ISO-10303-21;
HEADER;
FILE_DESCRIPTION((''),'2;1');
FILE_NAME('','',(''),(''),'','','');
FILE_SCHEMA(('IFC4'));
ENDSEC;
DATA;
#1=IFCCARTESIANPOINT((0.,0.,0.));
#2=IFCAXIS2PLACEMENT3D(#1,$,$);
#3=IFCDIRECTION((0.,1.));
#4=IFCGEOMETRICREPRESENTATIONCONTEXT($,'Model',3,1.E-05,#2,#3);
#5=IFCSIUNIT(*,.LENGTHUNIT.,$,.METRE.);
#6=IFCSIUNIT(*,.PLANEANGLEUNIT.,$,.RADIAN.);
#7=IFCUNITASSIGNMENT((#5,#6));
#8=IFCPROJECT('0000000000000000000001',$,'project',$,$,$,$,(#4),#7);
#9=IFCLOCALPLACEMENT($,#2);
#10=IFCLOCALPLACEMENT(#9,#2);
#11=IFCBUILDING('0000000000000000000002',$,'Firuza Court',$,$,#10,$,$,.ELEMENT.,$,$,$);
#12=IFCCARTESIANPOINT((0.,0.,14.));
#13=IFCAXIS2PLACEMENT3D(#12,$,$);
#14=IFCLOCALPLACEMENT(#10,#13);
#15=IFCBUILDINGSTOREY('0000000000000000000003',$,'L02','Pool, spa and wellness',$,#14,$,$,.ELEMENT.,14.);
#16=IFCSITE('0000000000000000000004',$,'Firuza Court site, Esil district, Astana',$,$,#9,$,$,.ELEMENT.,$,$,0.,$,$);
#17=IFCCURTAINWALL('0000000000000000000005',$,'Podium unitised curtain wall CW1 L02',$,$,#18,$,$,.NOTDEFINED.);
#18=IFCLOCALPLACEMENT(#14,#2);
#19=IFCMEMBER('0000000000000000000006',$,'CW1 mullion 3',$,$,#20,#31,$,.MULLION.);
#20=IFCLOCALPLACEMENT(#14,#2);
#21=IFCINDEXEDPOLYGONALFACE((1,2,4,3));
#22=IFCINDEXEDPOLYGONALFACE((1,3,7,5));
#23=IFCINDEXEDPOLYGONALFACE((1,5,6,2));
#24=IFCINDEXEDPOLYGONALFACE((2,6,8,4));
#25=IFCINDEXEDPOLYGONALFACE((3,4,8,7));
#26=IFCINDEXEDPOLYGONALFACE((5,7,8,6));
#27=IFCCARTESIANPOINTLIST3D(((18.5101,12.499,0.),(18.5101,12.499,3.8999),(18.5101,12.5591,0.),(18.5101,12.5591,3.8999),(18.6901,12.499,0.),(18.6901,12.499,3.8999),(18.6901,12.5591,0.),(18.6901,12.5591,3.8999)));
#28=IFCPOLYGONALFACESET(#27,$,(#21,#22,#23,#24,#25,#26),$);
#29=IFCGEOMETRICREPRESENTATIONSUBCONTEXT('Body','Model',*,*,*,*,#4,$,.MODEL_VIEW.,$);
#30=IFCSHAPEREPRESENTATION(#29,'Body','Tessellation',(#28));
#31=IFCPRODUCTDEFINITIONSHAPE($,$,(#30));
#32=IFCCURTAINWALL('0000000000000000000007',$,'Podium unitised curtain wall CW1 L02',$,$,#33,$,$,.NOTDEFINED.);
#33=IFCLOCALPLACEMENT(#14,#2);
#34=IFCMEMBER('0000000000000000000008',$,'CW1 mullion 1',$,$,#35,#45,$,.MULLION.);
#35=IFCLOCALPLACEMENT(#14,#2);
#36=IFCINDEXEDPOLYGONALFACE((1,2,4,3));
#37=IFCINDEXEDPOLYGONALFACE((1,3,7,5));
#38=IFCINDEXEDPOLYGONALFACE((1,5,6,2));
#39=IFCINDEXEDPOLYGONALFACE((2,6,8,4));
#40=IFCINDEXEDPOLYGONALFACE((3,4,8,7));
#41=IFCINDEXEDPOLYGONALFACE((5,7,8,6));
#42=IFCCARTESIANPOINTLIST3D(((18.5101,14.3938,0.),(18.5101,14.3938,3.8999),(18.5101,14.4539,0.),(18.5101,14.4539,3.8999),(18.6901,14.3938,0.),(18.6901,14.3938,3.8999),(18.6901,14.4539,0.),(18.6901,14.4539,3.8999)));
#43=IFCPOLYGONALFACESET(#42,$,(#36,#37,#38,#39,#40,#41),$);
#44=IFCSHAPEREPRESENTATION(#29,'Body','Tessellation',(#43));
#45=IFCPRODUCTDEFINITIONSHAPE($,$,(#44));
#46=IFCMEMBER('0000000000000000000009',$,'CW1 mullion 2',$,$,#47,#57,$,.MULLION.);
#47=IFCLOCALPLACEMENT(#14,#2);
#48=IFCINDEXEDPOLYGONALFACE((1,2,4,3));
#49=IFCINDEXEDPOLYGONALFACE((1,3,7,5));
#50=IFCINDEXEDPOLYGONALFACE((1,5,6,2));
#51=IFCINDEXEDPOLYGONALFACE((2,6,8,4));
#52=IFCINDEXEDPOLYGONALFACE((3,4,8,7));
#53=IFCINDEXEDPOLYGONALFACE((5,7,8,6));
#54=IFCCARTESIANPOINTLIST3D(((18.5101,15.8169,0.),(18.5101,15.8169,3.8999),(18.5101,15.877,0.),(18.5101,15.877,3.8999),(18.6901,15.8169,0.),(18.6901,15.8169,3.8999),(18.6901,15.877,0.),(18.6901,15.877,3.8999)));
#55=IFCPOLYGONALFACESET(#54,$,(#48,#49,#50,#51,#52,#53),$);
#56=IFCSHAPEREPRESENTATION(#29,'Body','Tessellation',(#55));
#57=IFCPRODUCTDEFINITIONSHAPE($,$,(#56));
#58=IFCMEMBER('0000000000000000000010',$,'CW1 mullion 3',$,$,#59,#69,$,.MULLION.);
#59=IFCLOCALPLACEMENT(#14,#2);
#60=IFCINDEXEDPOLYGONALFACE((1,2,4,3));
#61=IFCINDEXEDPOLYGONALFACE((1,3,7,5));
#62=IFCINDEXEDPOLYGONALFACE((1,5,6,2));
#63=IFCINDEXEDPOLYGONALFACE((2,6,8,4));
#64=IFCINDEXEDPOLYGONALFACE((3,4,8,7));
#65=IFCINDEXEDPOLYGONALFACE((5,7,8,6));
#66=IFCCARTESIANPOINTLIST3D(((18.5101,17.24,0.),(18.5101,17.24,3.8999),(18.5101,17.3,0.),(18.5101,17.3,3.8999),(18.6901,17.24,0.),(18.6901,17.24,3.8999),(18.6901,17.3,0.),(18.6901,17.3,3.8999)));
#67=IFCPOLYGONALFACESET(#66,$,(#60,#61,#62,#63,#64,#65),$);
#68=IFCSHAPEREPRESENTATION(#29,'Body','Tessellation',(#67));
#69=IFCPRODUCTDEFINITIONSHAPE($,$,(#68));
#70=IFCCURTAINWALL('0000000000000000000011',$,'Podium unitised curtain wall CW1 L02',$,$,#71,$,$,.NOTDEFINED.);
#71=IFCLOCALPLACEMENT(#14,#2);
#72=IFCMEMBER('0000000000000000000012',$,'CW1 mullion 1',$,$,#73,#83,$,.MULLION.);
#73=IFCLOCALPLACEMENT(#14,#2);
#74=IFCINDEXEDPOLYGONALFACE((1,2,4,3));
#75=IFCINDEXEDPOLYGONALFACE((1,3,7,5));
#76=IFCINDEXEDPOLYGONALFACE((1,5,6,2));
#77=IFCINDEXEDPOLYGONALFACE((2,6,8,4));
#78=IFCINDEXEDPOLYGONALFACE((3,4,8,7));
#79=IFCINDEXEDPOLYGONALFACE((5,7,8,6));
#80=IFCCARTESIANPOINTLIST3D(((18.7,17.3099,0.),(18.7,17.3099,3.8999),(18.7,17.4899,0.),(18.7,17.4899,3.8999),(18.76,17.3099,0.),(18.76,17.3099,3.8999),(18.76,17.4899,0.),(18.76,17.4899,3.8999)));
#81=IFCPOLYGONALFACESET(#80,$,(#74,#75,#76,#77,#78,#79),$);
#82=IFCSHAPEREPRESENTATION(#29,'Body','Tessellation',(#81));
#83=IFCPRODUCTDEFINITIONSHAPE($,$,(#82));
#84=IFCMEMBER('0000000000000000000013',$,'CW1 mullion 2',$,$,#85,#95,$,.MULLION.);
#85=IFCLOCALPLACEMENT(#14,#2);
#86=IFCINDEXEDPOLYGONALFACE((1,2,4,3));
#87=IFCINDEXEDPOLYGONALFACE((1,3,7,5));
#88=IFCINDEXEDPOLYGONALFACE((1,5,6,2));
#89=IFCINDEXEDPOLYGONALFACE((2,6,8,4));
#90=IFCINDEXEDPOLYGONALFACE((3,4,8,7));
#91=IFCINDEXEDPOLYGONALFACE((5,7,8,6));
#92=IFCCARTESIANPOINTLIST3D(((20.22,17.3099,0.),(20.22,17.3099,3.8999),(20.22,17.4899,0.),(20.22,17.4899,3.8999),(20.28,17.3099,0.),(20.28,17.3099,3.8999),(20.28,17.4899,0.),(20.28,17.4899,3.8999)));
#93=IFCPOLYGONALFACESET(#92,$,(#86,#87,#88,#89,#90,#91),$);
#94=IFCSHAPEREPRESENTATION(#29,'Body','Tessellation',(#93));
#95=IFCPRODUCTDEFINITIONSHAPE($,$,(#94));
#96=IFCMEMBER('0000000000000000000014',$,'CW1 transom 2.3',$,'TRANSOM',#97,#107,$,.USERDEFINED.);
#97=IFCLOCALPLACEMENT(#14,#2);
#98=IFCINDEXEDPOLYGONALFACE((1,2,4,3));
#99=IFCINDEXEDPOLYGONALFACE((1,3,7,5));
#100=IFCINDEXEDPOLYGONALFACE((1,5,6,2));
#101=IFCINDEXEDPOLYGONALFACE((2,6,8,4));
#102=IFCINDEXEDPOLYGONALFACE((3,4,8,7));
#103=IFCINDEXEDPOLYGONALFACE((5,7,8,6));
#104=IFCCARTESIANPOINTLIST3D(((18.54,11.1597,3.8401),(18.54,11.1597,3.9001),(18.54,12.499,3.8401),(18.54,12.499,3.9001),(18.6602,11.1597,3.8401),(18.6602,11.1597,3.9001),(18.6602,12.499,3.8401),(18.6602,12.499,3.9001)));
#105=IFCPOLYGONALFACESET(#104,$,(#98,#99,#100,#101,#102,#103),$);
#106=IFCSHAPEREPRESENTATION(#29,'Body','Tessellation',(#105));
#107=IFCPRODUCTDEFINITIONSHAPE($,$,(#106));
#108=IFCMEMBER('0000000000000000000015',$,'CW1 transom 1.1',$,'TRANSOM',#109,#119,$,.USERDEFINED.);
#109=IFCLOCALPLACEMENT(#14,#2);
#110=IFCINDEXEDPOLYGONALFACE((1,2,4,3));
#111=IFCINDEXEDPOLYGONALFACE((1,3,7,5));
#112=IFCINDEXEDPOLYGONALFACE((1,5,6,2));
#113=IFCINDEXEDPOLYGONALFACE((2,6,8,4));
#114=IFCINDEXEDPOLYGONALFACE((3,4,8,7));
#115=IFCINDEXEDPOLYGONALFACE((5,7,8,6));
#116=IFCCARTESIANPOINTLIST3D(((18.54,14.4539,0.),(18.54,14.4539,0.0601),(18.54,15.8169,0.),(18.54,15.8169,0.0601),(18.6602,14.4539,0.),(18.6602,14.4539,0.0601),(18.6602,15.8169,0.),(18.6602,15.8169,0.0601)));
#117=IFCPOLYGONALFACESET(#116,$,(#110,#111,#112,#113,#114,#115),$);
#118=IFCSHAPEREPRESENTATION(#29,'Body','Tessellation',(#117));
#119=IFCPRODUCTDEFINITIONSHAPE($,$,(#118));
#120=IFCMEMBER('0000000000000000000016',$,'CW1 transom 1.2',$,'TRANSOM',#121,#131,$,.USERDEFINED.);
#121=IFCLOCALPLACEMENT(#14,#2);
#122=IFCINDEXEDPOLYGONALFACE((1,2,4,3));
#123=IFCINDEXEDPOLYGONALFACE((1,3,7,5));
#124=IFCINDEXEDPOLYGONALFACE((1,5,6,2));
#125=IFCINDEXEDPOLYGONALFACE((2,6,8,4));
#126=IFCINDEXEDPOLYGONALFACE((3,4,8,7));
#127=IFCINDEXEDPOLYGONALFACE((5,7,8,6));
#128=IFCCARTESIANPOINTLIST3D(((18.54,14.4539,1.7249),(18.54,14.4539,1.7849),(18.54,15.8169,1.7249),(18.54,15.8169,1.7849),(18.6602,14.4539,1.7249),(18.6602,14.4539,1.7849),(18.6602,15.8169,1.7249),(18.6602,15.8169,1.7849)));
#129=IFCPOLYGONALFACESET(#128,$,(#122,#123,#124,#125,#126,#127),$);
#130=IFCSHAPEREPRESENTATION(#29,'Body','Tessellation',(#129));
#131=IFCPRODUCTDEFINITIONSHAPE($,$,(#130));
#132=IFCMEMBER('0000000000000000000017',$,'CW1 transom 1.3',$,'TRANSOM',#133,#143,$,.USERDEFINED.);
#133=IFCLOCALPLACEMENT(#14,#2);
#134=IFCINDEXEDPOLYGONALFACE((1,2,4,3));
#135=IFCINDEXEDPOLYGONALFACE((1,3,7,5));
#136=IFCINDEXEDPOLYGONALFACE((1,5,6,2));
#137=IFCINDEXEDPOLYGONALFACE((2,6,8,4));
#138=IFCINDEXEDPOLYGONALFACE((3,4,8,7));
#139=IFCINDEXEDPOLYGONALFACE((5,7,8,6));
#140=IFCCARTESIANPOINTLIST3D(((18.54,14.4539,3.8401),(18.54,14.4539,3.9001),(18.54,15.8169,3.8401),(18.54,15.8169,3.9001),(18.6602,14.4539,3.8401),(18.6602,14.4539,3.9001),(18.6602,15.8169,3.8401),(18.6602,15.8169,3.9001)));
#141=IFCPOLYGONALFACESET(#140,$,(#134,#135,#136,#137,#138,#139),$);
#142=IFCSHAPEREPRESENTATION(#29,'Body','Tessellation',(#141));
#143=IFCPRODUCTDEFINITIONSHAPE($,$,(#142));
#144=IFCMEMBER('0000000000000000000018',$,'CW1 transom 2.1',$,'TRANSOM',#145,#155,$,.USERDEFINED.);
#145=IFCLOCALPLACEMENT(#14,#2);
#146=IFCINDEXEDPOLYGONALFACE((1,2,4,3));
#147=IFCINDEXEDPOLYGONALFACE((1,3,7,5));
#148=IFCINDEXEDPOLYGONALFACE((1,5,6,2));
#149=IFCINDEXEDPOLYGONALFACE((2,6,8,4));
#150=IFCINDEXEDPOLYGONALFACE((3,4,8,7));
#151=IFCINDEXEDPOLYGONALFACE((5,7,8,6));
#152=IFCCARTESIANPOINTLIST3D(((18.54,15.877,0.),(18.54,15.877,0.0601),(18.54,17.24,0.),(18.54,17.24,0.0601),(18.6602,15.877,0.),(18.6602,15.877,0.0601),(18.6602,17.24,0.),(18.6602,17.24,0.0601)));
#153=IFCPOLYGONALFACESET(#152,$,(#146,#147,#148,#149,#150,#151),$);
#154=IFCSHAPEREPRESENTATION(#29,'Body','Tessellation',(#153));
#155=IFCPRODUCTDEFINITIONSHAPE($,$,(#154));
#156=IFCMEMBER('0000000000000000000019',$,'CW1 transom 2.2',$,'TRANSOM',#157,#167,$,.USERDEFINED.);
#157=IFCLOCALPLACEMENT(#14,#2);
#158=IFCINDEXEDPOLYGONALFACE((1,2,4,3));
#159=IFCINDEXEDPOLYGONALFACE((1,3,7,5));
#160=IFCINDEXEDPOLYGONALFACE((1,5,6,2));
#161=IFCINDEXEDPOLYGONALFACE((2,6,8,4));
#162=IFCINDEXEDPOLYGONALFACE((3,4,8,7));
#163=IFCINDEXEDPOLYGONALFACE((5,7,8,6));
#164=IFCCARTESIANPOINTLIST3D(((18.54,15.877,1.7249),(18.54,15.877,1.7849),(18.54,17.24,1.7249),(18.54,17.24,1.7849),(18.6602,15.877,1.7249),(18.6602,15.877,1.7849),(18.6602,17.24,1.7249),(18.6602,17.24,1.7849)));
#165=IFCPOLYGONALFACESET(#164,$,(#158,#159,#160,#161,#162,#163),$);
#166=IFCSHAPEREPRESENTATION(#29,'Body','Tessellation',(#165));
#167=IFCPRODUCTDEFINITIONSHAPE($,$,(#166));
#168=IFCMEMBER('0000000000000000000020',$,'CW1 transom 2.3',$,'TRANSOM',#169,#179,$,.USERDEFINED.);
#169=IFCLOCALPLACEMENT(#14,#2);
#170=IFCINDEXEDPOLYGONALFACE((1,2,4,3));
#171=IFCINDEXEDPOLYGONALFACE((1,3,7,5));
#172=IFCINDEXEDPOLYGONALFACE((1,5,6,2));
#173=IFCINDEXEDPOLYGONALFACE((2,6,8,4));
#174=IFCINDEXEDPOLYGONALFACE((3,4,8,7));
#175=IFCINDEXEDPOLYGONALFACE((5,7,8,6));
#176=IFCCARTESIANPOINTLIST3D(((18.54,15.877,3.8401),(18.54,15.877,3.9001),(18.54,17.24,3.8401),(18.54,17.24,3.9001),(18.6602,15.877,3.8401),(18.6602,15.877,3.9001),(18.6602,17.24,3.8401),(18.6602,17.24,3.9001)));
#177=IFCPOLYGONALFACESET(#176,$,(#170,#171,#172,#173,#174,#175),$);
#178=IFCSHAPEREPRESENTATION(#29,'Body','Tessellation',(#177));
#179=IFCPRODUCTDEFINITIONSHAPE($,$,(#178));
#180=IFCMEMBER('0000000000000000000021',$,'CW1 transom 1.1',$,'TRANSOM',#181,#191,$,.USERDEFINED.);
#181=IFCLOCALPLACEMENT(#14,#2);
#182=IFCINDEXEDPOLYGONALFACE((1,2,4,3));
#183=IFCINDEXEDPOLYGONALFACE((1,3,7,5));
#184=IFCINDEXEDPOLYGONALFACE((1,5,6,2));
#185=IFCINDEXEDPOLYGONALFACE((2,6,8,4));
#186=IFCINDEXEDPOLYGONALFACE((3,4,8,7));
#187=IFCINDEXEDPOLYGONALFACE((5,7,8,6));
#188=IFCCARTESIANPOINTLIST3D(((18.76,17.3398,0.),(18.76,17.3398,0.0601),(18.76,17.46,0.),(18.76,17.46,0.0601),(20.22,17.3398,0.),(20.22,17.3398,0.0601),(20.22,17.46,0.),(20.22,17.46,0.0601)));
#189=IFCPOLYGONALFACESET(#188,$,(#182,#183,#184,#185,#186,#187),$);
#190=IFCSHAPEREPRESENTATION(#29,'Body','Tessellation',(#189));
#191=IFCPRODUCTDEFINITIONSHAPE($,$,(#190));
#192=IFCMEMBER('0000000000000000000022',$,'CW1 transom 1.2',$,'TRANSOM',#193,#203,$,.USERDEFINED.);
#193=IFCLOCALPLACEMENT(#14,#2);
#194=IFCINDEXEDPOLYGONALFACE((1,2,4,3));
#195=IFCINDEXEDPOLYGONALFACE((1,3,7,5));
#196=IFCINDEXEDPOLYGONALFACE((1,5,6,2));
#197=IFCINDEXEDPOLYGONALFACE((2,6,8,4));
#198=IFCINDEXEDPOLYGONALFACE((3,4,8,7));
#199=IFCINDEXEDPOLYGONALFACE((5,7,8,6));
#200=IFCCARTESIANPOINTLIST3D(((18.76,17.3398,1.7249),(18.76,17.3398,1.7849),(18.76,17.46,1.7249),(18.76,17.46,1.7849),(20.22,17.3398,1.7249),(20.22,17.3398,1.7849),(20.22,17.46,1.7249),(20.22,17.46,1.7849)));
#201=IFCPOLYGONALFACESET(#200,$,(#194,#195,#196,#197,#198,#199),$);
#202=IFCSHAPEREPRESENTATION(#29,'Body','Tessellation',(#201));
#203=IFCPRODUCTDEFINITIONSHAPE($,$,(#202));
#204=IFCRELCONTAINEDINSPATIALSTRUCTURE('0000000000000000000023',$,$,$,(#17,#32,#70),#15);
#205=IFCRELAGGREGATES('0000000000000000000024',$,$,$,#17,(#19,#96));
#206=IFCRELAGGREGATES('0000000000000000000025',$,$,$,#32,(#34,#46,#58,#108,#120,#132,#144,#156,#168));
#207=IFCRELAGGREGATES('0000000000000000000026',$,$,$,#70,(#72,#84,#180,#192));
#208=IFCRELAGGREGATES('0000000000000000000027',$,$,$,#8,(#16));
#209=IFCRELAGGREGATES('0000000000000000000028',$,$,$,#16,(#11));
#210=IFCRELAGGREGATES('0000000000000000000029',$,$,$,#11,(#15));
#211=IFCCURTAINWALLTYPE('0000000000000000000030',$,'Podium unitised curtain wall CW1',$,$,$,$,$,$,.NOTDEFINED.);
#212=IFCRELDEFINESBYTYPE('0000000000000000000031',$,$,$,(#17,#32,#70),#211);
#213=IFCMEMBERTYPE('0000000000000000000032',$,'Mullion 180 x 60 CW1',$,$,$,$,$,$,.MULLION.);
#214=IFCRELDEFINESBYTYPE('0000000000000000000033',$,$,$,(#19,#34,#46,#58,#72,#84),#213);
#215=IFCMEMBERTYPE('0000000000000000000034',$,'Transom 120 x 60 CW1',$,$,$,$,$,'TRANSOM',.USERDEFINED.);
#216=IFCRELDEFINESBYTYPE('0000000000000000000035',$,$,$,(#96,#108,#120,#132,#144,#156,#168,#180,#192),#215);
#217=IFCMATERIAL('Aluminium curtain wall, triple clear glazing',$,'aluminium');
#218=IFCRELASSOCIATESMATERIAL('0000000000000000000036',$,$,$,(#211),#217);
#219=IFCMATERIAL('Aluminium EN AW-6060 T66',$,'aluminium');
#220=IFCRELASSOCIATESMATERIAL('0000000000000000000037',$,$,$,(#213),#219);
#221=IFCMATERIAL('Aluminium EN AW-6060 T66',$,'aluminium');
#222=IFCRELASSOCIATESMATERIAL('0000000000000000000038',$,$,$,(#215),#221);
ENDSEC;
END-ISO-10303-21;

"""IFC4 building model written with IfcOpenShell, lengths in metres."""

from ifc_helpers import new_model, si_unit, direction, frame, origin, origin_2d, place, context, subcontext, project, spatial, rectangle, extrude, material, material_profile, profile_set, type_object, element, aggregate, save


model = new_model("IFC4")

# Units and contexts
model_context = context("Model", 3, precision=1e-05, world=origin(), true_north=direction((0.0, 1.0)))
body_context = subcontext(model_context, "Body", "Model", "MODEL_VIEW")
ifc_project = project(units=[si_unit("LENGTHUNIT", "METRE"), si_unit("PLANEANGLEUNIT", "RADIAN")], contexts=[model_context])

# Site, building, storey
site_placement = place(None, origin())
site = spatial("IfcSite", under=ifc_project, at=site_placement, Name="Firuza Court site, Esil district, Astana", CompositionType="ELEMENT", RefElevation=0.0)
building_placement = place(site_placement, origin())
building = spatial("IfcBuilding", under=site, at=building_placement, Name="Firuza Court", CompositionType="ELEMENT")
storey_placement = place(building_placement, frame((0.0, 0.0, 14.0)))
storey = spatial("IfcBuildingStorey", under=building, at=storey_placement, Name="L02", Description="Pool, spa and wellness", CompositionType="ELEMENT", Elevation=14.0)

# Curtain wall, member
ifc_material_1 = material(Name="Aluminium curtain wall, triple clear glazing", Category="aluminium")
curtain_wall_type = type_object("IfcCurtainWallType", Name="Podium unitised curtain wall CW1", PredefinedType="NOTDEFINED", material=ifc_material_1)
curtain_wall_1_placement = place(storey_placement, origin())
curtain_wall_1 = element("IfcCurtainWall", 1, at=curtain_wall_1_placement, inside=storey, type_object=curtain_wall_type, Name="Podium unitised curtain wall CW1 L02", PredefinedType="NOTDEFINED")
ifc_material_2 = material(Name="Aluminium EN AW-6060 T66", Category="aluminium")
ifc_material_profile_1 = material_profile(ifc_material_2, rectangle(XDim=0.1799, YDim=0.0601, at=origin_2d()), Name="Mullion 180 x 60 CW1")
ifc_profile_set_1 = profile_set([ifc_material_profile_1], Name="Aluminium EN AW-6060 T66")
member_type_1 = type_object("IfcMemberType", Name="Mullion 180 x 60 CW1", PredefinedType="MULLION", material=ifc_profile_set_1)
member_1_placement = place(storey_placement, frame((18.6001, 12.5291, 0.0), z_axis=(0.0, 0.0, 1.0), x_axis=(-1.0, 0.0, 0.0)))
member_1 = element("IfcMember", 2, at=member_1_placement, type_object=member_type_1, Name="CW1 mullion 3", PredefinedType="MULLION", context=body_context, shape_type="SweptSolid", body=[
    extrude(rectangle(XDim=0.1799, YDim=0.0601, at=origin_2d()), origin(), (0.0, 0.0, 1.0), 3.8999),
])

# Curtain walls, members
curtain_wall_2_placement = place(storey_placement, origin())
curtain_wall_2 = element("IfcCurtainWall", 3, at=curtain_wall_2_placement, inside=storey, type_object=curtain_wall_type, Name="Podium unitised curtain wall CW1 L02", PredefinedType="NOTDEFINED")
member_2_placement = place(storey_placement, frame((18.6001, 14.4238, 0.0), z_axis=(0.0, 0.0, 1.0), x_axis=(-1.0, 0.0, 0.0)))
member_2 = element("IfcMember", 4, at=member_2_placement, type_object=member_type_1, Name="CW1 mullion 1", PredefinedType="MULLION", context=body_context, shape_type="SweptSolid", body=[
    extrude(rectangle(XDim=0.1799, YDim=0.0601, at=origin_2d()), origin(), (0.0, 0.0, 1.0), 3.8999),
])
member_3_placement = place(storey_placement, frame((18.6001, 15.8469, 0.0), z_axis=(0.0, 0.0, 1.0), x_axis=(-1.0, 0.0, 0.0)))
member_3 = element("IfcMember", 5, at=member_3_placement, type_object=member_type_1, Name="CW1 mullion 2", PredefinedType="MULLION", context=body_context, shape_type="SweptSolid", body=[
    extrude(rectangle(XDim=0.1799, YDim=0.0601, at=origin_2d()), origin(), (0.0, 0.0, 1.0), 3.8999),
])
member_4_placement = place(storey_placement, frame((18.6001, 17.27, 0.0), z_axis=(0.0, 0.0, 1.0), x_axis=(-1.0, 0.0, 0.0)))
member_4 = element("IfcMember", 6, at=member_4_placement, type_object=member_type_1, Name="CW1 mullion 3", PredefinedType="MULLION", context=body_context, shape_type="SweptSolid", body=[
    extrude(rectangle(XDim=0.1799, YDim=0.0601, at=origin_2d()), origin(), (0.0, 0.0, 1.0), 3.8999),
])
curtain_wall_3_placement = place(storey_placement, origin())
curtain_wall_3 = element("IfcCurtainWall", 7, at=curtain_wall_3_placement, inside=storey, type_object=curtain_wall_type, Name="Podium unitised curtain wall CW1 L02", PredefinedType="NOTDEFINED")
member_5_placement = place(storey_placement, frame((18.73, 17.3999, 0.0), z_axis=(0.0, 0.0, 1.0), x_axis=(0.0, 1.0, 0.0)))
member_5 = element("IfcMember", 8, at=member_5_placement, type_object=member_type_1, Name="CW1 mullion 1", PredefinedType="MULLION", context=body_context, shape_type="SweptSolid", body=[
    extrude(rectangle(XDim=0.1799, YDim=0.0601, at=origin_2d()), origin(), (0.0, 0.0, 1.0), 3.8999),
])
member_6_placement = place(storey_placement, frame((20.25, 17.3999, 0.0), z_axis=(0.0, 0.0, 1.0), x_axis=(0.0, 1.0, 0.0)))
member_6 = element("IfcMember", 9, at=member_6_placement, type_object=member_type_1, Name="CW1 mullion 2", PredefinedType="MULLION", context=body_context, shape_type="SweptSolid", body=[
    extrude(rectangle(XDim=0.1799, YDim=0.0601, at=origin_2d()), origin(), (0.0, 0.0, 1.0), 3.8999),
])

# Members
ifc_material_3 = material(Name="Aluminium EN AW-6060 T66", Category="aluminium")
ifc_material_profile_2 = material_profile(ifc_material_3, rectangle(XDim=0.1201, YDim=0.0601, at=origin_2d()), Name="Transom 120 x 60 CW1")
ifc_profile_set_2 = profile_set([ifc_material_profile_2], Name="Aluminium EN AW-6060 T66")
member_type_2 = type_object("IfcMemberType", Name="Transom 120 x 60 CW1", ElementType="TRANSOM", PredefinedType="USERDEFINED", material=ifc_profile_set_2)
member_7_placement = place(storey_placement, frame((18.6001, 11.1597, 3.8701), z_axis=(0.0, 1.0, 0.0), x_axis=(-1.0, 0.0, 0.0)))
member_7 = element("IfcMember", 10, at=member_7_placement, type_object=member_type_2, Name="CW1 transom 2.3", ObjectType="TRANSOM", PredefinedType="USERDEFINED", context=body_context, shape_type="SweptSolid", body=[
    extrude(rectangle(XDim=0.1201, YDim=0.0601, at=origin_2d()), origin(), (0.0, 0.0, 1.0), 1.3394),
])
member_8_placement = place(storey_placement, frame((18.6001, 14.4539, 0.03), z_axis=(0.0, 1.0, 0.0), x_axis=(-1.0, 0.0, 0.0)))
member_8 = element("IfcMember", 11, at=member_8_placement, type_object=member_type_2, Name="CW1 transom 1.1", ObjectType="TRANSOM", PredefinedType="USERDEFINED", context=body_context, shape_type="SweptSolid", body=[
    extrude(rectangle(XDim=0.1201, YDim=0.0601, at=origin_2d()), origin(), (0.0, 0.0, 1.0), 1.363),
])
member_9_placement = place(storey_placement, frame((18.6001, 14.4539, 1.7549), z_axis=(0.0, 1.0, 0.0), x_axis=(-1.0, 0.0, 0.0)))
member_9 = element("IfcMember", 12, at=member_9_placement, type_object=member_type_2, Name="CW1 transom 1.2", ObjectType="TRANSOM", PredefinedType="USERDEFINED", context=body_context, shape_type="SweptSolid", body=[
    extrude(rectangle(XDim=0.1201, YDim=0.0601, at=origin_2d()), origin(), (0.0, 0.0, 1.0), 1.363),
])
member_10_placement = place(storey_placement, frame((18.6001, 14.4539, 3.8701), z_axis=(0.0, 1.0, 0.0), x_axis=(-1.0, 0.0, 0.0)))
member_10 = element("IfcMember", 13, at=member_10_placement, type_object=member_type_2, Name="CW1 transom 1.3", ObjectType="TRANSOM", PredefinedType="USERDEFINED", context=body_context, shape_type="SweptSolid", body=[
    extrude(rectangle(XDim=0.1201, YDim=0.0601, at=origin_2d()), origin(), (0.0, 0.0, 1.0), 1.363),
])
member_11_placement = place(storey_placement, frame((18.6001, 15.877, 0.03), z_axis=(0.0, 1.0, 0.0), x_axis=(-1.0, 0.0, 0.0)))
member_11 = element("IfcMember", 14, at=member_11_placement, type_object=member_type_2, Name="CW1 transom 2.1", ObjectType="TRANSOM", PredefinedType="USERDEFINED", context=body_context, shape_type="SweptSolid", body=[
    extrude(rectangle(XDim=0.1201, YDim=0.0601, at=origin_2d()), origin(), (0.0, 0.0, 1.0), 1.363),
])
member_12_placement = place(storey_placement, frame((18.6001, 15.877, 1.7549), z_axis=(0.0, 1.0, 0.0), x_axis=(-1.0, 0.0, 0.0)))
member_12 = element("IfcMember", 15, at=member_12_placement, type_object=member_type_2, Name="CW1 transom 2.2", ObjectType="TRANSOM", PredefinedType="USERDEFINED", context=body_context, shape_type="SweptSolid", body=[
    extrude(rectangle(XDim=0.1201, YDim=0.0601, at=origin_2d()), origin(), (0.0, 0.0, 1.0), 1.363),
])
member_13_placement = place(storey_placement, frame((18.6001, 15.877, 3.8701), z_axis=(0.0, 1.0, 0.0), x_axis=(-1.0, 0.0, 0.0)))
member_13 = element("IfcMember", 16, at=member_13_placement, type_object=member_type_2, Name="CW1 transom 2.3", ObjectType="TRANSOM", PredefinedType="USERDEFINED", context=body_context, shape_type="SweptSolid", body=[
    extrude(rectangle(XDim=0.1201, YDim=0.0601, at=origin_2d()), origin(), (0.0, 0.0, 1.0), 1.363),
])
member_14_placement = place(storey_placement, frame((18.76, 17.3999, 0.03), z_axis=(1.0, 0.0, 0.0), x_axis=(0.0, 1.0, 0.0)))
member_14 = element("IfcMember", 17, at=member_14_placement, type_object=member_type_2, Name="CW1 transom 1.1", ObjectType="TRANSOM", PredefinedType="USERDEFINED", context=body_context, shape_type="SweptSolid", body=[
    extrude(rectangle(XDim=0.1201, YDim=0.0601, at=origin_2d()), origin(), (0.0, 0.0, 1.0), 1.46),
])
member_15_placement = place(storey_placement, frame((18.76, 17.3999, 1.7549), z_axis=(1.0, 0.0, 0.0), x_axis=(0.0, 1.0, 0.0)))
member_15 = element("IfcMember", 18, at=member_15_placement, type_object=member_type_2, Name="CW1 transom 1.2", ObjectType="TRANSOM", PredefinedType="USERDEFINED", context=body_context, shape_type="SweptSolid", body=[
    extrude(rectangle(XDim=0.1201, YDim=0.0601, at=origin_2d()), origin(), (0.0, 0.0, 1.0), 1.46),
])

aggregate(curtain_wall_1, [member_1, member_7])
aggregate(curtain_wall_2, [member_2, member_3, member_4, member_8, member_9, member_10, member_11, member_12, member_13])
aggregate(curtain_wall_3, [member_5, member_6, member_14, member_15])

save(model, "model.ifc")
